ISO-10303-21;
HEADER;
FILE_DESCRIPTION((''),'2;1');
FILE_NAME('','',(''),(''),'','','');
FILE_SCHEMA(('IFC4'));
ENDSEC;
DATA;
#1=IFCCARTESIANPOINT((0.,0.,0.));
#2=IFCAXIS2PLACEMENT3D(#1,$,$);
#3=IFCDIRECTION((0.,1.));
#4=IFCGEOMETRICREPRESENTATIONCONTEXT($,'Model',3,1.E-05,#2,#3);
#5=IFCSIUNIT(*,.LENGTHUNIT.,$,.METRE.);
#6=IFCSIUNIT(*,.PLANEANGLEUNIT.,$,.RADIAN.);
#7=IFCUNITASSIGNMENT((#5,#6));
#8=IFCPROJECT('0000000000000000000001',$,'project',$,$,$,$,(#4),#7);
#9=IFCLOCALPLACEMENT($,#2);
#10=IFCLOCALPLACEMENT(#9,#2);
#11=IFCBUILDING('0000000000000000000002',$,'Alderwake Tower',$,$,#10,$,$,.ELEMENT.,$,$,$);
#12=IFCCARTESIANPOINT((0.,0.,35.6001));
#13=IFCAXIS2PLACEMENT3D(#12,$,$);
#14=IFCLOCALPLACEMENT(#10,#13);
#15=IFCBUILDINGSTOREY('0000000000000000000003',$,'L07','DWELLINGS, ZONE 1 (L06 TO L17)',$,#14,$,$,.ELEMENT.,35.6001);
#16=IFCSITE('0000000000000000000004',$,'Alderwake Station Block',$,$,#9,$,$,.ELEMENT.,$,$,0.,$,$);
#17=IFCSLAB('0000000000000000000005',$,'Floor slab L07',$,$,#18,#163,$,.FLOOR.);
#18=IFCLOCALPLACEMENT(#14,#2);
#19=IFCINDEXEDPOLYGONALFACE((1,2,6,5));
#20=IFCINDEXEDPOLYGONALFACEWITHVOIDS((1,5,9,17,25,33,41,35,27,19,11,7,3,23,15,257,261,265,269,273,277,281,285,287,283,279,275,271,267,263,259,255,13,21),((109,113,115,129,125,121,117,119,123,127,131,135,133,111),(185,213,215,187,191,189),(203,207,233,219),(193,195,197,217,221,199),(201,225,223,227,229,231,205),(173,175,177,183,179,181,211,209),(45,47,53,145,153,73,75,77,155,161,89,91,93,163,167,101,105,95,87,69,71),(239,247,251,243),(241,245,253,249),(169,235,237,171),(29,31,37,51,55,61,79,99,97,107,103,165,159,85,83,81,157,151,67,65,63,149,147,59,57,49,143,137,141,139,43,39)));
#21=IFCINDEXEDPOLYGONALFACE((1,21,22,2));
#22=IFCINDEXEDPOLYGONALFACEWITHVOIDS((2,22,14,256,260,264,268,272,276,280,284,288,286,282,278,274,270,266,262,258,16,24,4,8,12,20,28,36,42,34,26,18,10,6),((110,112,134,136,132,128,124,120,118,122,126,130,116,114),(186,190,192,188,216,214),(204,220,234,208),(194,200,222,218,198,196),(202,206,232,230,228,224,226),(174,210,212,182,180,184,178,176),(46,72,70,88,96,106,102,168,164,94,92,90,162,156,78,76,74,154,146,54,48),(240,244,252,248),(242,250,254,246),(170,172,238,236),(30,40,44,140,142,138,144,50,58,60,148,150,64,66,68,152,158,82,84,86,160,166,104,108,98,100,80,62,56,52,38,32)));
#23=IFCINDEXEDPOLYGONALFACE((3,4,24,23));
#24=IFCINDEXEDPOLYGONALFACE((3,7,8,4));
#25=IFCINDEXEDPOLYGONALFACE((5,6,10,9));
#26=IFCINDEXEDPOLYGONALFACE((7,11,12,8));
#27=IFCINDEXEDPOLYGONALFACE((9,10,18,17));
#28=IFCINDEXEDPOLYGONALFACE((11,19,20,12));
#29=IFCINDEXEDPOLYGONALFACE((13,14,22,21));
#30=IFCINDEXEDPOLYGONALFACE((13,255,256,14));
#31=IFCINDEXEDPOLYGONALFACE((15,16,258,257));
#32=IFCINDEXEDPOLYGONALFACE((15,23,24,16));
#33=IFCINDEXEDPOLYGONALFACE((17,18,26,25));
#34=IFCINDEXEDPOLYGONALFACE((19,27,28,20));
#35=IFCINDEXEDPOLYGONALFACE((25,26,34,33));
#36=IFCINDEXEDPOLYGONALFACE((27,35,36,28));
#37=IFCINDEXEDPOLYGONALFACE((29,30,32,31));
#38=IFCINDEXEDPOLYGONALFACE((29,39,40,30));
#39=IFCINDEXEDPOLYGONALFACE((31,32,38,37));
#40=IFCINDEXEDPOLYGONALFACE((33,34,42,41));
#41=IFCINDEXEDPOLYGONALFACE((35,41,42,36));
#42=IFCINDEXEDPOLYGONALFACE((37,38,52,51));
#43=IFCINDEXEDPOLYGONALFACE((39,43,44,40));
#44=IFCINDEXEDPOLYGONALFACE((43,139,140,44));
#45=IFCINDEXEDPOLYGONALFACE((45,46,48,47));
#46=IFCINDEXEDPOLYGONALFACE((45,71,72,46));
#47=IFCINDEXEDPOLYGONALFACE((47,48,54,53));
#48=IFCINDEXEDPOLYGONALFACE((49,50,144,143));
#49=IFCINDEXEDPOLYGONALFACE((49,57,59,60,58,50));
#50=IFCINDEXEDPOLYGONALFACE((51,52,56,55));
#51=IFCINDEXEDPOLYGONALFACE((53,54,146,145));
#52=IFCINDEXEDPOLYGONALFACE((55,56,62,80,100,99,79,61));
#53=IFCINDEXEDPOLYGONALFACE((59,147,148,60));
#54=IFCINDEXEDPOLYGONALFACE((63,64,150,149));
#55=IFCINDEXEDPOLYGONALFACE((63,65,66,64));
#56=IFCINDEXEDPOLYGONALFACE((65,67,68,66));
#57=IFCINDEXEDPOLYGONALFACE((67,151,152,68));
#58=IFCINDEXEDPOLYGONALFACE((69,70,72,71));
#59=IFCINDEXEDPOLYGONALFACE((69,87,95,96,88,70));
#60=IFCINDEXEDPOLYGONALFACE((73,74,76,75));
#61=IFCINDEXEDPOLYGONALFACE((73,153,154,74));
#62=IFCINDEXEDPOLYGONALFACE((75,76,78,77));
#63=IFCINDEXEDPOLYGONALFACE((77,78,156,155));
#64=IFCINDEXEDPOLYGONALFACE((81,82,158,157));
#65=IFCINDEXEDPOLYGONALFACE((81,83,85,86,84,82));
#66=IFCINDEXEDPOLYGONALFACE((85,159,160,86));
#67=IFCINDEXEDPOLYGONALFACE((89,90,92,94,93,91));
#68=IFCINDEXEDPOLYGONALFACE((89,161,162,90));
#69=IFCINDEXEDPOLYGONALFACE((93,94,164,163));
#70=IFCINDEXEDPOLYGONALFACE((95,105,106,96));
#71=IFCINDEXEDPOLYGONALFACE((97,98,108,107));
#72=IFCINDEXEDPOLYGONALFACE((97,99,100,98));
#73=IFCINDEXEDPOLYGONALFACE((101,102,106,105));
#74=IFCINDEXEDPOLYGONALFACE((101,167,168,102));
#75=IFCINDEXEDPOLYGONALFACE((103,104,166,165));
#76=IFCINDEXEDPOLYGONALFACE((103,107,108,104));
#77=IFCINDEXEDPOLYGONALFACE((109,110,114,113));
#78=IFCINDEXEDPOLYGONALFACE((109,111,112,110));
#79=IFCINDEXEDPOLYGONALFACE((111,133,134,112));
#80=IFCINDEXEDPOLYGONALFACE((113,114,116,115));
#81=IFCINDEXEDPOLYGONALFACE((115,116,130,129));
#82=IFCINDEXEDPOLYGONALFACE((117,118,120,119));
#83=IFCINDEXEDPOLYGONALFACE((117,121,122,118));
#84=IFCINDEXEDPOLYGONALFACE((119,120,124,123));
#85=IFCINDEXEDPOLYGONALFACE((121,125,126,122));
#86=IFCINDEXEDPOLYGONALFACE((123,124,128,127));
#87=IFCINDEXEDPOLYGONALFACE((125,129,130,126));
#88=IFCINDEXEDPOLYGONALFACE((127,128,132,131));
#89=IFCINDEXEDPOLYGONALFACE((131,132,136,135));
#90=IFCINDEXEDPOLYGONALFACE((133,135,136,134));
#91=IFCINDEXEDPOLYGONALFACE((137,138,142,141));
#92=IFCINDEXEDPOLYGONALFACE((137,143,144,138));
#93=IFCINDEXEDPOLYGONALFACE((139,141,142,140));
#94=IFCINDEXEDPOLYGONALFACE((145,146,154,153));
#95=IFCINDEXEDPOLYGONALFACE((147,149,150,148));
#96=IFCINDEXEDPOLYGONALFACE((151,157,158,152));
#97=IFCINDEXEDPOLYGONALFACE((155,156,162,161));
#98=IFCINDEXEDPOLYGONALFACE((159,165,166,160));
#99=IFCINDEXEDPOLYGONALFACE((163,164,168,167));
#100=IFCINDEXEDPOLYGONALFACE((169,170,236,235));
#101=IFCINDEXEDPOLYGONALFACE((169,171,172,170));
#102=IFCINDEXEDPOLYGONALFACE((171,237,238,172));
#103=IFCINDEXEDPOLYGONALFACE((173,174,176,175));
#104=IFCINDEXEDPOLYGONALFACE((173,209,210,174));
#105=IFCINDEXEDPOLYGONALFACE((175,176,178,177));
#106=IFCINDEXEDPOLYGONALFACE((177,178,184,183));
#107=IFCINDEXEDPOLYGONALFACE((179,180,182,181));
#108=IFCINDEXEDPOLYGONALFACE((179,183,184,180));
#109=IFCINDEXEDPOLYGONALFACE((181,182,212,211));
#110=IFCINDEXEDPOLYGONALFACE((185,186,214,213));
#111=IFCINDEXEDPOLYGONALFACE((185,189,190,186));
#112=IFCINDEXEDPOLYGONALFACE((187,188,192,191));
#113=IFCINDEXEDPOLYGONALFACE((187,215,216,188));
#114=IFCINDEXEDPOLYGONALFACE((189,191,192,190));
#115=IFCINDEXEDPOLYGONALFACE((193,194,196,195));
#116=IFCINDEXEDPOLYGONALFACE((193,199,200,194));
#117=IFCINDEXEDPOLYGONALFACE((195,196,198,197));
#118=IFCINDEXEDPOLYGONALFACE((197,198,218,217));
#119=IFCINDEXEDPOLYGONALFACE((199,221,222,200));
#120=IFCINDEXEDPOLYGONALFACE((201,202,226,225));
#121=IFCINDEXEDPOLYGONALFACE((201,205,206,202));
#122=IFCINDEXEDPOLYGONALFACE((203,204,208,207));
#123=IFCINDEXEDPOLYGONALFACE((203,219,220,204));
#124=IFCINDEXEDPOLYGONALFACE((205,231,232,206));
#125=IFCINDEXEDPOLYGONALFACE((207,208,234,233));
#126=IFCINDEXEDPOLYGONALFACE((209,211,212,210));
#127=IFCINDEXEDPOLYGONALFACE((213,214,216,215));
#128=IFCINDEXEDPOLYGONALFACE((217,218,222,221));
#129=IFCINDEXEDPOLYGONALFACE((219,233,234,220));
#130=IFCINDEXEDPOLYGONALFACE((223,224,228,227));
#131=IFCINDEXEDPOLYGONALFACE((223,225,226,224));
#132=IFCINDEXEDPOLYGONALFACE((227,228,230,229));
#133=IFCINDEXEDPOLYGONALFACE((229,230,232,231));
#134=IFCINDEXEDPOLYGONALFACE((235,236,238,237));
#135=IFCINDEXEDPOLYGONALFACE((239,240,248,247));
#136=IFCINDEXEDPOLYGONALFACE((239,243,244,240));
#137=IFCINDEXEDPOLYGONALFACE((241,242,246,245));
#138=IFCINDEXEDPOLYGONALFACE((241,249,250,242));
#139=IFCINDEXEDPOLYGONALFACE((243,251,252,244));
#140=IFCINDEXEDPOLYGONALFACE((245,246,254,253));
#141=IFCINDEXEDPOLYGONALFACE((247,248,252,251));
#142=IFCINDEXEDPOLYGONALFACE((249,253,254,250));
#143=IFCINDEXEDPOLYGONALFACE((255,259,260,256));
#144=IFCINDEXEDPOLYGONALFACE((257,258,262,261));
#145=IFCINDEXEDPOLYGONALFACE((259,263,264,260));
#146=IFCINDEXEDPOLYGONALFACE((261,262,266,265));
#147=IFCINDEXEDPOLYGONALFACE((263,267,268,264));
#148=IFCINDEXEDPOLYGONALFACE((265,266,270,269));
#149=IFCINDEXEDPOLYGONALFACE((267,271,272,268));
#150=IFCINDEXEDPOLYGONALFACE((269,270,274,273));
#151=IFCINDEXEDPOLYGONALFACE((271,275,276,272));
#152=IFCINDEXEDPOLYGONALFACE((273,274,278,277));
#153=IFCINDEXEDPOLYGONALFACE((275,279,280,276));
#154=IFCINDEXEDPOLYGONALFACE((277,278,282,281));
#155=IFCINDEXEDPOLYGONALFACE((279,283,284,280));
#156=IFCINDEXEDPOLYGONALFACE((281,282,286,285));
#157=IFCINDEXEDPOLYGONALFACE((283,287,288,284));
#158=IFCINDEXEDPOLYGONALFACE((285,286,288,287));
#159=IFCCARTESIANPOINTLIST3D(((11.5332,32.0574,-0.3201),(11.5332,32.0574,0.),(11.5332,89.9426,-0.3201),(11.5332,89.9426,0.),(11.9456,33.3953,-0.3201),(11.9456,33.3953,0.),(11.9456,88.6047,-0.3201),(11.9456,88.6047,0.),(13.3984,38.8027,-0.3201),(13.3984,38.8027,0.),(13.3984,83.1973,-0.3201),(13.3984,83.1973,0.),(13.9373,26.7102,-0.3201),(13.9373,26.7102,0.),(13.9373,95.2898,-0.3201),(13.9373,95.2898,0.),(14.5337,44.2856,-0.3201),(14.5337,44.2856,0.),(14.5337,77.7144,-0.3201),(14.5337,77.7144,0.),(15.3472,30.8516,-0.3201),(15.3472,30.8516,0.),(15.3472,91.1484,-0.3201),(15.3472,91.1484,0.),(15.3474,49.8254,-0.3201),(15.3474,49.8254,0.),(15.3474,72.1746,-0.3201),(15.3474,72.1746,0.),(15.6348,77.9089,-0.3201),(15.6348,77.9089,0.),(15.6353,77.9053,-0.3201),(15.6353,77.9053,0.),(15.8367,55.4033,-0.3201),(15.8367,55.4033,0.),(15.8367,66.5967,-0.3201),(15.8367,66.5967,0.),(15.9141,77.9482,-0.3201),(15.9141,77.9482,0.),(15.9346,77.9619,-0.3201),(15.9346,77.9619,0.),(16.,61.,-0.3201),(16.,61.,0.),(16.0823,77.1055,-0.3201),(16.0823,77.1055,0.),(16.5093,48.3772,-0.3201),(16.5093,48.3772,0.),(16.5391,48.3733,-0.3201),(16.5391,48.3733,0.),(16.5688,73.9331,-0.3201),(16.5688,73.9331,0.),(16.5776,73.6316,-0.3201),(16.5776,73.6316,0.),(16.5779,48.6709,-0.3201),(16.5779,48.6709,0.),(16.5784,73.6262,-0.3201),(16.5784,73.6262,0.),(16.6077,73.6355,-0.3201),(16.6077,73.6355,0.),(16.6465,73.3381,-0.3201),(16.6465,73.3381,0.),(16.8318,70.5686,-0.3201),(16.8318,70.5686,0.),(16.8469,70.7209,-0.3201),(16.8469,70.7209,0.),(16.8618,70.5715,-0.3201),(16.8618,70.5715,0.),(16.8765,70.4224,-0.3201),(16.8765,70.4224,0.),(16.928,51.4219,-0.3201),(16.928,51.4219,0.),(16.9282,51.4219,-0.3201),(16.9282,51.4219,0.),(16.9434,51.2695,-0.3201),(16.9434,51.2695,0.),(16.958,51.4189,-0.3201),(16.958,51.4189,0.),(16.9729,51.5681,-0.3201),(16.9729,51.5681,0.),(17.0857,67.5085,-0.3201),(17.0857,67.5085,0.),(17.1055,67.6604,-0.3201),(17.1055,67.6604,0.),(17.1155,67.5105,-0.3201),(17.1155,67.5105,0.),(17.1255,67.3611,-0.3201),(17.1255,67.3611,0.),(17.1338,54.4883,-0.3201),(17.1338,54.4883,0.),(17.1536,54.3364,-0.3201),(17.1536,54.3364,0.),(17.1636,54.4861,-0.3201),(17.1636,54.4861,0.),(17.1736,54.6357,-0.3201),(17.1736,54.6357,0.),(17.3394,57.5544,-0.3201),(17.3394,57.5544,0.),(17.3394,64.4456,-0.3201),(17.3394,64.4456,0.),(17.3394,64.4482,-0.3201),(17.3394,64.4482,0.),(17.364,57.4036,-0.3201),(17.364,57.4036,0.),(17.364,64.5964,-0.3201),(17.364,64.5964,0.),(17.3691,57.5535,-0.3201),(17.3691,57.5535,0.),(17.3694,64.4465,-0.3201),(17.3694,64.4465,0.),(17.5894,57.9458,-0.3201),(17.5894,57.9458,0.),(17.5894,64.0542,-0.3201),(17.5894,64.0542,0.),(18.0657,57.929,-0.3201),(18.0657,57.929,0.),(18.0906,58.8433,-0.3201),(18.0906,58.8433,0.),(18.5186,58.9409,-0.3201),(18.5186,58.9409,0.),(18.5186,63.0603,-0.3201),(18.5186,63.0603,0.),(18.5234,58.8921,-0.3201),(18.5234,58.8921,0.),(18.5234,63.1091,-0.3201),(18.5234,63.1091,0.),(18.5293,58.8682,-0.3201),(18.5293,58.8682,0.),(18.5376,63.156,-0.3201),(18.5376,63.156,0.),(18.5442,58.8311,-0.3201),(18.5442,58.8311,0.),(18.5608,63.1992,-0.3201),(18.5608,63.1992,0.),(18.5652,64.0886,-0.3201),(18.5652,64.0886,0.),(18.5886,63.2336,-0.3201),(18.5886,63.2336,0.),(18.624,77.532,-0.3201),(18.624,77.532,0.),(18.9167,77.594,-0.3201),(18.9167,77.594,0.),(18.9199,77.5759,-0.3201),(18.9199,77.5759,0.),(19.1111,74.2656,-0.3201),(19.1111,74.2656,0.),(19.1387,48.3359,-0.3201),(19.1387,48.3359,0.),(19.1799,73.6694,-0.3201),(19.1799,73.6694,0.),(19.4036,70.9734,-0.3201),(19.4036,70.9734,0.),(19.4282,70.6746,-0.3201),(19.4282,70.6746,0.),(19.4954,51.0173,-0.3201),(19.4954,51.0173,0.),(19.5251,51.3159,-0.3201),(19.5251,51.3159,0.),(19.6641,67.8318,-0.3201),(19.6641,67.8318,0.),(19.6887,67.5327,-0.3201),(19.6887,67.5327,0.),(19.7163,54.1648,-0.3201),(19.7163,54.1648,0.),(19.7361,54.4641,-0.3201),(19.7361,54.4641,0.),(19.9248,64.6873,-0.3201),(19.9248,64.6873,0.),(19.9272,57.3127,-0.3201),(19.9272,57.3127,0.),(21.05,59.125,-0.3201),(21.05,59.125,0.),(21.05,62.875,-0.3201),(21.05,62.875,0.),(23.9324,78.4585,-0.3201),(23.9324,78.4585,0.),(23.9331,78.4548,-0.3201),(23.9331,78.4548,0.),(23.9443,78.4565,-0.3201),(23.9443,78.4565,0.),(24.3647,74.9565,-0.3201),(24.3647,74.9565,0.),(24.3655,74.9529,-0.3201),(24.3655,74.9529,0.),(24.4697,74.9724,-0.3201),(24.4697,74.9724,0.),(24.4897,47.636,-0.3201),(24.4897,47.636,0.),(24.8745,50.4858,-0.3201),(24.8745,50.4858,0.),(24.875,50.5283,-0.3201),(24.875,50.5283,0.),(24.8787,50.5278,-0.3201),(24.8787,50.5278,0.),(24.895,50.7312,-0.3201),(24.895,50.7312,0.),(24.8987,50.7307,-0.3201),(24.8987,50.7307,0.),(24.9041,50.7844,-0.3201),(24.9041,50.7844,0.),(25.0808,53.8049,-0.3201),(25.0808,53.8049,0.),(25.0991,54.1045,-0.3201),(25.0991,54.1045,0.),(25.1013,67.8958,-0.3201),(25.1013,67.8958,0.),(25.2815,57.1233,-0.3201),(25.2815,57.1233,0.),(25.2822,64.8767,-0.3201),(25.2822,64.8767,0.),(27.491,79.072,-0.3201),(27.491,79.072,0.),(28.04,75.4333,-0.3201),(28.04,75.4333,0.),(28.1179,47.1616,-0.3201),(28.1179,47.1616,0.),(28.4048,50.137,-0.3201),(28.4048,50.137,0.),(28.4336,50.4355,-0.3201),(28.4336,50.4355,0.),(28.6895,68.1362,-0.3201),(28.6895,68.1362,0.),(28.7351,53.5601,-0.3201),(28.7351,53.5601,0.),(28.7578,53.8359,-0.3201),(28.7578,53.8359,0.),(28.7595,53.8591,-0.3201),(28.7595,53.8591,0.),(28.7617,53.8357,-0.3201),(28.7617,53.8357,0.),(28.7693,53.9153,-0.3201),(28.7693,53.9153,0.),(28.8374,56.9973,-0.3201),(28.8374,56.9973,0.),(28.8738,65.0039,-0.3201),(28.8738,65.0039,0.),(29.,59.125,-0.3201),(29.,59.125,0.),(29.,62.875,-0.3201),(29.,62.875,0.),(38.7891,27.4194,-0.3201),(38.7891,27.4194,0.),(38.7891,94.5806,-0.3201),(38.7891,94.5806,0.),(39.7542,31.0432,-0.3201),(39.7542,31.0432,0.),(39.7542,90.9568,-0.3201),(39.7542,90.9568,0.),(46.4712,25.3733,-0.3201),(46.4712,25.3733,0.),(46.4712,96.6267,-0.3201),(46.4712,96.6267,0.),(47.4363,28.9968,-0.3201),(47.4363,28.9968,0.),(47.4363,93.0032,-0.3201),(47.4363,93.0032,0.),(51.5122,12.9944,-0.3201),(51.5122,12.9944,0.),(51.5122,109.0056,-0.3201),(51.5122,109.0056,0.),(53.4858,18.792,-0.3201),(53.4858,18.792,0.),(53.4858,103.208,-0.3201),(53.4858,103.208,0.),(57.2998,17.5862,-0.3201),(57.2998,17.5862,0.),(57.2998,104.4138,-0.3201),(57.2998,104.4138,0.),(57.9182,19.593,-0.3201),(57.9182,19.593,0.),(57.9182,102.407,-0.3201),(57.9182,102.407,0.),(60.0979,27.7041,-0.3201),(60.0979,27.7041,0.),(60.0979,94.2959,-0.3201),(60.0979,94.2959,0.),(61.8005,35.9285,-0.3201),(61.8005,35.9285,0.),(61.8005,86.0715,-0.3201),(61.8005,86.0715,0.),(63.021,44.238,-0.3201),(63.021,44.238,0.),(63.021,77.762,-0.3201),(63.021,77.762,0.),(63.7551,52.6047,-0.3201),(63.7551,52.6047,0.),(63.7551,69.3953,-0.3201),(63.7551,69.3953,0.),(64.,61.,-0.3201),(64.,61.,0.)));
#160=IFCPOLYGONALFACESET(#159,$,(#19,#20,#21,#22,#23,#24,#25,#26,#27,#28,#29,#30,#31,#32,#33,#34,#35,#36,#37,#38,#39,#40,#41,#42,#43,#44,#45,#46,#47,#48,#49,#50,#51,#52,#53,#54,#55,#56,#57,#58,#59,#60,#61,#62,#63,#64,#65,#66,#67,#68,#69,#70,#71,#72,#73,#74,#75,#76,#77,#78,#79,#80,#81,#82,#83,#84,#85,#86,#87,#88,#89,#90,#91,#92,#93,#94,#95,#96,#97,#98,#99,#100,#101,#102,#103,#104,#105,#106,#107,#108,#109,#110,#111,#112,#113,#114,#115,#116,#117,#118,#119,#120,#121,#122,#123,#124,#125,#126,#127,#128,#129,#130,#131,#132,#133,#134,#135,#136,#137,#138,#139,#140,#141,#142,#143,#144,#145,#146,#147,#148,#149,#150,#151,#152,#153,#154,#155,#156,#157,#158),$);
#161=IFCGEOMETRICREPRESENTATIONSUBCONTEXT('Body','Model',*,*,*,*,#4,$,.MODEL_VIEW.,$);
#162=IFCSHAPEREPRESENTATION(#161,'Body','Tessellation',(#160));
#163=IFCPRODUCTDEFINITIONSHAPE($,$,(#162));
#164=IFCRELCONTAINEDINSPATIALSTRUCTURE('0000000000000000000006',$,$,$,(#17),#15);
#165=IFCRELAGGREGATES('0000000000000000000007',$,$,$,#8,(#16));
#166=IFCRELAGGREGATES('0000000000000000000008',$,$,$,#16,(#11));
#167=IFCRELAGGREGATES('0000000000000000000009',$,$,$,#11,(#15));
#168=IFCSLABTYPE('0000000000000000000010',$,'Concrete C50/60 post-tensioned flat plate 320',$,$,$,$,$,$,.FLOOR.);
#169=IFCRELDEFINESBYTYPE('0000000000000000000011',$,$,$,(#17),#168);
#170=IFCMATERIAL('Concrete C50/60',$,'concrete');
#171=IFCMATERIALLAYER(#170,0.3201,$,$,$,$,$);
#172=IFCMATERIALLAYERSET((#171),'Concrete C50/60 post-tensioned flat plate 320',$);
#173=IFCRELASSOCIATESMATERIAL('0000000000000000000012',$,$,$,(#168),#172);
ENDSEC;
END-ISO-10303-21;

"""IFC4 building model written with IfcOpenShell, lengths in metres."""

from ifc_helpers import new_model, si_unit, direction, frame, origin, place, context, subcontext, project, spatial, polyline, outline, extrude, material, layer, layer_set, type_object, element, save


model = new_model("IFC4")

# Units and contexts
model_context = context("Model", 3, precision=1e-05, world=origin(), true_north=direction((0.0, 1.0)))
body_context = subcontext(model_context, "Body", "Model", "MODEL_VIEW")
ifc_project = project(units=[si_unit("LENGTHUNIT", "METRE"), si_unit("PLANEANGLEUNIT", "RADIAN")], contexts=[model_context])

# Site, building, storey
site_placement = place(None, origin())
site = spatial("IfcSite", under=ifc_project, at=site_placement, Name="Alderwake Station Block", CompositionType="ELEMENT", RefElevation=0.0)
building_placement = place(site_placement, origin())
building = spatial("IfcBuilding", under=site, at=building_placement, Name="Alderwake Tower", CompositionType="ELEMENT")
storey_placement = place(building_placement, frame((0.0, 0.0, 35.6001)))
storey = spatial("IfcBuildingStorey", under=building, at=storey_placement, Name="L07", Description="DWELLINGS, ZONE 1 (L06 TO L17)", CompositionType="ELEMENT", Elevation=35.6001)

# Slab
ifc_material_1 = material(Name="Concrete C50/60", Category="concrete")
ifc_layer_1 = layer(ifc_material_1, 0.3201)
ifc_layer_set_1 = layer_set([ifc_layer_1], Name="Concrete C50/60 post-tensioned flat plate 320")
slab_type_1 = type_object("IfcSlabType", Name="Concrete C50/60 post-tensioned flat plate 320", PredefinedType="FLOOR", material=ifc_layer_set_1)
slab_1_placement = place(storey_placement, frame((0.0, 0.0, -0.3201)))
element("IfcSlab", 1, at=slab_1_placement, inside=storey, type_object=slab_type_1, Name="Floor slab L07", PredefinedType="FLOOR", context=body_context, shape_type="SweptSolid", body=[
    extrude(outline(polyline([(11.5332, 32.0574), (11.9456, 33.3953), (13.3984, 38.8027), (14.5337, 44.2856), (15.3474, 49.8254), (15.8367, 55.4033), (16.0, 61.0), (15.8367, 66.5967), (15.3474, 72.1746), (14.5337, 77.7144), (13.3984, 83.1973), (11.9456, 88.6047), (11.5332, 89.9426), (15.3472, 91.1484), (13.9373, 95.2898), (51.5122, 109.0056), (53.4858, 103.208), (57.2998, 104.4138), (57.9182, 102.407), (60.0979, 94.2959), (61.8005, 86.0715), (63.021, 77.762), (63.7551, 69.3953), (64.0, 61.0), (63.7551, 52.6047), (63.021, 44.238), (61.8005, 35.9285), (60.0979, 27.7041), (57.9182, 19.593), (57.2998, 17.5862), (53.4858, 18.792), (51.5122, 12.9944), (13.9373, 26.7102), (15.3472, 30.8516), (11.5332, 32.0574)]), holes=[polyline([(16.9434, 51.2695), (16.958, 51.4189), (16.9729, 51.5681), (19.5251, 51.3159), (19.7163, 54.1648), (17.1536, 54.3364), (17.1636, 54.4861), (17.1736, 54.6357), (19.7361, 54.4641), (19.9272, 57.3127), (17.364, 57.4036), (17.3691, 57.5535), (17.3394, 57.5544), (17.1338, 54.4883), (16.928, 51.4219), (16.9282, 51.4219), (16.5093, 48.3772), (16.5391, 48.3733), (16.5779, 48.6709), (19.1387, 48.3359), (19.4954, 51.0173), (16.9434, 51.2695)]), polyline([(29.0, 62.875), (21.05, 62.875), (21.05, 59.125), (29.0, 59.125), (29.0, 62.875)]), polyline([(19.6887, 67.5327), (17.1255, 67.3611), (17.1155, 67.5105), (17.1055, 67.6604), (19.6641, 67.8318), (19.4282, 70.6746), (16.8765, 70.4224), (16.8618, 70.5715), (16.8469, 70.7209), (19.4036, 70.9734), (19.1799, 73.6694), (16.6465, 73.3381), (16.6077, 73.6355), (16.5688, 73.9331), (19.1111, 74.2656), (18.624, 77.532), (18.9199, 77.5759), (18.9167, 77.594), (16.0823, 77.1055), (15.9346, 77.9619), (15.6348, 77.9089), (15.6353, 77.9053), (15.9141, 77.9482), (16.5776, 73.6316), (16.5784, 73.6262), (16.8318, 70.5686), (17.0857, 67.5085), (17.3394, 64.4482), (17.3394, 64.4456), (17.3694, 64.4465), (17.364, 64.5964), (19.9248, 64.6873), (19.6887, 67.5327)]), polyline([(47.4363, 28.9968), (39.7542, 31.0432), (38.7891, 27.4194), (46.4712, 25.3733), (47.4363, 28.9968)]), polyline([(24.8745, 50.4858), (24.8787, 50.5278), (24.875, 50.5283), (24.4897, 47.636), (28.1179, 47.1616), (28.4048, 50.137), (24.8745, 50.4858)]), polyline([(25.0808, 53.8049), (24.895, 50.7312), (24.8987, 50.7307), (24.9041, 50.7844), (28.4336, 50.4355), (28.7351, 53.5601), (25.0808, 53.8049)]), polyline([(28.8374, 56.9973), (25.2815, 57.1233), (25.0991, 54.1045), (28.7595, 53.8591), (28.7578, 53.8359), (28.7617, 53.8357), (28.7693, 53.9153), (28.8374, 56.9973)]), polyline([(28.8738, 65.0039), (28.6895, 68.1362), (25.1013, 67.8958), (25.2822, 64.8767), (28.8738, 65.0039)]), polyline([(27.491, 79.072), (23.9324, 78.4585), (23.9331, 78.4548), (23.9443, 78.4565), (24.4697, 74.9724), (24.3647, 74.9565), (24.3655, 74.9529), (28.04, 75.4333), (27.491, 79.072)]), polyline([(46.4712, 96.6267), (38.7891, 94.5806), (39.7542, 90.9568), (47.4363, 93.0032), (46.4712, 96.6267)]), polyline([(17.5894, 64.0542), (17.5894, 57.9458), (18.0657, 57.929), (18.0906, 58.8433), (18.5442, 58.8311), (18.5293, 58.8682), (18.5234, 58.8921), (18.5186, 58.9409), (18.5186, 63.0603), (18.5234, 63.1091), (18.5376, 63.156), (18.5608, 63.1992), (18.5886, 63.2336), (18.5652, 64.0886), (17.5894, 64.0542)])]), origin(), (0.0, 0.0, 1.0), 0.3201),
])

save(model, "model.ifc")
